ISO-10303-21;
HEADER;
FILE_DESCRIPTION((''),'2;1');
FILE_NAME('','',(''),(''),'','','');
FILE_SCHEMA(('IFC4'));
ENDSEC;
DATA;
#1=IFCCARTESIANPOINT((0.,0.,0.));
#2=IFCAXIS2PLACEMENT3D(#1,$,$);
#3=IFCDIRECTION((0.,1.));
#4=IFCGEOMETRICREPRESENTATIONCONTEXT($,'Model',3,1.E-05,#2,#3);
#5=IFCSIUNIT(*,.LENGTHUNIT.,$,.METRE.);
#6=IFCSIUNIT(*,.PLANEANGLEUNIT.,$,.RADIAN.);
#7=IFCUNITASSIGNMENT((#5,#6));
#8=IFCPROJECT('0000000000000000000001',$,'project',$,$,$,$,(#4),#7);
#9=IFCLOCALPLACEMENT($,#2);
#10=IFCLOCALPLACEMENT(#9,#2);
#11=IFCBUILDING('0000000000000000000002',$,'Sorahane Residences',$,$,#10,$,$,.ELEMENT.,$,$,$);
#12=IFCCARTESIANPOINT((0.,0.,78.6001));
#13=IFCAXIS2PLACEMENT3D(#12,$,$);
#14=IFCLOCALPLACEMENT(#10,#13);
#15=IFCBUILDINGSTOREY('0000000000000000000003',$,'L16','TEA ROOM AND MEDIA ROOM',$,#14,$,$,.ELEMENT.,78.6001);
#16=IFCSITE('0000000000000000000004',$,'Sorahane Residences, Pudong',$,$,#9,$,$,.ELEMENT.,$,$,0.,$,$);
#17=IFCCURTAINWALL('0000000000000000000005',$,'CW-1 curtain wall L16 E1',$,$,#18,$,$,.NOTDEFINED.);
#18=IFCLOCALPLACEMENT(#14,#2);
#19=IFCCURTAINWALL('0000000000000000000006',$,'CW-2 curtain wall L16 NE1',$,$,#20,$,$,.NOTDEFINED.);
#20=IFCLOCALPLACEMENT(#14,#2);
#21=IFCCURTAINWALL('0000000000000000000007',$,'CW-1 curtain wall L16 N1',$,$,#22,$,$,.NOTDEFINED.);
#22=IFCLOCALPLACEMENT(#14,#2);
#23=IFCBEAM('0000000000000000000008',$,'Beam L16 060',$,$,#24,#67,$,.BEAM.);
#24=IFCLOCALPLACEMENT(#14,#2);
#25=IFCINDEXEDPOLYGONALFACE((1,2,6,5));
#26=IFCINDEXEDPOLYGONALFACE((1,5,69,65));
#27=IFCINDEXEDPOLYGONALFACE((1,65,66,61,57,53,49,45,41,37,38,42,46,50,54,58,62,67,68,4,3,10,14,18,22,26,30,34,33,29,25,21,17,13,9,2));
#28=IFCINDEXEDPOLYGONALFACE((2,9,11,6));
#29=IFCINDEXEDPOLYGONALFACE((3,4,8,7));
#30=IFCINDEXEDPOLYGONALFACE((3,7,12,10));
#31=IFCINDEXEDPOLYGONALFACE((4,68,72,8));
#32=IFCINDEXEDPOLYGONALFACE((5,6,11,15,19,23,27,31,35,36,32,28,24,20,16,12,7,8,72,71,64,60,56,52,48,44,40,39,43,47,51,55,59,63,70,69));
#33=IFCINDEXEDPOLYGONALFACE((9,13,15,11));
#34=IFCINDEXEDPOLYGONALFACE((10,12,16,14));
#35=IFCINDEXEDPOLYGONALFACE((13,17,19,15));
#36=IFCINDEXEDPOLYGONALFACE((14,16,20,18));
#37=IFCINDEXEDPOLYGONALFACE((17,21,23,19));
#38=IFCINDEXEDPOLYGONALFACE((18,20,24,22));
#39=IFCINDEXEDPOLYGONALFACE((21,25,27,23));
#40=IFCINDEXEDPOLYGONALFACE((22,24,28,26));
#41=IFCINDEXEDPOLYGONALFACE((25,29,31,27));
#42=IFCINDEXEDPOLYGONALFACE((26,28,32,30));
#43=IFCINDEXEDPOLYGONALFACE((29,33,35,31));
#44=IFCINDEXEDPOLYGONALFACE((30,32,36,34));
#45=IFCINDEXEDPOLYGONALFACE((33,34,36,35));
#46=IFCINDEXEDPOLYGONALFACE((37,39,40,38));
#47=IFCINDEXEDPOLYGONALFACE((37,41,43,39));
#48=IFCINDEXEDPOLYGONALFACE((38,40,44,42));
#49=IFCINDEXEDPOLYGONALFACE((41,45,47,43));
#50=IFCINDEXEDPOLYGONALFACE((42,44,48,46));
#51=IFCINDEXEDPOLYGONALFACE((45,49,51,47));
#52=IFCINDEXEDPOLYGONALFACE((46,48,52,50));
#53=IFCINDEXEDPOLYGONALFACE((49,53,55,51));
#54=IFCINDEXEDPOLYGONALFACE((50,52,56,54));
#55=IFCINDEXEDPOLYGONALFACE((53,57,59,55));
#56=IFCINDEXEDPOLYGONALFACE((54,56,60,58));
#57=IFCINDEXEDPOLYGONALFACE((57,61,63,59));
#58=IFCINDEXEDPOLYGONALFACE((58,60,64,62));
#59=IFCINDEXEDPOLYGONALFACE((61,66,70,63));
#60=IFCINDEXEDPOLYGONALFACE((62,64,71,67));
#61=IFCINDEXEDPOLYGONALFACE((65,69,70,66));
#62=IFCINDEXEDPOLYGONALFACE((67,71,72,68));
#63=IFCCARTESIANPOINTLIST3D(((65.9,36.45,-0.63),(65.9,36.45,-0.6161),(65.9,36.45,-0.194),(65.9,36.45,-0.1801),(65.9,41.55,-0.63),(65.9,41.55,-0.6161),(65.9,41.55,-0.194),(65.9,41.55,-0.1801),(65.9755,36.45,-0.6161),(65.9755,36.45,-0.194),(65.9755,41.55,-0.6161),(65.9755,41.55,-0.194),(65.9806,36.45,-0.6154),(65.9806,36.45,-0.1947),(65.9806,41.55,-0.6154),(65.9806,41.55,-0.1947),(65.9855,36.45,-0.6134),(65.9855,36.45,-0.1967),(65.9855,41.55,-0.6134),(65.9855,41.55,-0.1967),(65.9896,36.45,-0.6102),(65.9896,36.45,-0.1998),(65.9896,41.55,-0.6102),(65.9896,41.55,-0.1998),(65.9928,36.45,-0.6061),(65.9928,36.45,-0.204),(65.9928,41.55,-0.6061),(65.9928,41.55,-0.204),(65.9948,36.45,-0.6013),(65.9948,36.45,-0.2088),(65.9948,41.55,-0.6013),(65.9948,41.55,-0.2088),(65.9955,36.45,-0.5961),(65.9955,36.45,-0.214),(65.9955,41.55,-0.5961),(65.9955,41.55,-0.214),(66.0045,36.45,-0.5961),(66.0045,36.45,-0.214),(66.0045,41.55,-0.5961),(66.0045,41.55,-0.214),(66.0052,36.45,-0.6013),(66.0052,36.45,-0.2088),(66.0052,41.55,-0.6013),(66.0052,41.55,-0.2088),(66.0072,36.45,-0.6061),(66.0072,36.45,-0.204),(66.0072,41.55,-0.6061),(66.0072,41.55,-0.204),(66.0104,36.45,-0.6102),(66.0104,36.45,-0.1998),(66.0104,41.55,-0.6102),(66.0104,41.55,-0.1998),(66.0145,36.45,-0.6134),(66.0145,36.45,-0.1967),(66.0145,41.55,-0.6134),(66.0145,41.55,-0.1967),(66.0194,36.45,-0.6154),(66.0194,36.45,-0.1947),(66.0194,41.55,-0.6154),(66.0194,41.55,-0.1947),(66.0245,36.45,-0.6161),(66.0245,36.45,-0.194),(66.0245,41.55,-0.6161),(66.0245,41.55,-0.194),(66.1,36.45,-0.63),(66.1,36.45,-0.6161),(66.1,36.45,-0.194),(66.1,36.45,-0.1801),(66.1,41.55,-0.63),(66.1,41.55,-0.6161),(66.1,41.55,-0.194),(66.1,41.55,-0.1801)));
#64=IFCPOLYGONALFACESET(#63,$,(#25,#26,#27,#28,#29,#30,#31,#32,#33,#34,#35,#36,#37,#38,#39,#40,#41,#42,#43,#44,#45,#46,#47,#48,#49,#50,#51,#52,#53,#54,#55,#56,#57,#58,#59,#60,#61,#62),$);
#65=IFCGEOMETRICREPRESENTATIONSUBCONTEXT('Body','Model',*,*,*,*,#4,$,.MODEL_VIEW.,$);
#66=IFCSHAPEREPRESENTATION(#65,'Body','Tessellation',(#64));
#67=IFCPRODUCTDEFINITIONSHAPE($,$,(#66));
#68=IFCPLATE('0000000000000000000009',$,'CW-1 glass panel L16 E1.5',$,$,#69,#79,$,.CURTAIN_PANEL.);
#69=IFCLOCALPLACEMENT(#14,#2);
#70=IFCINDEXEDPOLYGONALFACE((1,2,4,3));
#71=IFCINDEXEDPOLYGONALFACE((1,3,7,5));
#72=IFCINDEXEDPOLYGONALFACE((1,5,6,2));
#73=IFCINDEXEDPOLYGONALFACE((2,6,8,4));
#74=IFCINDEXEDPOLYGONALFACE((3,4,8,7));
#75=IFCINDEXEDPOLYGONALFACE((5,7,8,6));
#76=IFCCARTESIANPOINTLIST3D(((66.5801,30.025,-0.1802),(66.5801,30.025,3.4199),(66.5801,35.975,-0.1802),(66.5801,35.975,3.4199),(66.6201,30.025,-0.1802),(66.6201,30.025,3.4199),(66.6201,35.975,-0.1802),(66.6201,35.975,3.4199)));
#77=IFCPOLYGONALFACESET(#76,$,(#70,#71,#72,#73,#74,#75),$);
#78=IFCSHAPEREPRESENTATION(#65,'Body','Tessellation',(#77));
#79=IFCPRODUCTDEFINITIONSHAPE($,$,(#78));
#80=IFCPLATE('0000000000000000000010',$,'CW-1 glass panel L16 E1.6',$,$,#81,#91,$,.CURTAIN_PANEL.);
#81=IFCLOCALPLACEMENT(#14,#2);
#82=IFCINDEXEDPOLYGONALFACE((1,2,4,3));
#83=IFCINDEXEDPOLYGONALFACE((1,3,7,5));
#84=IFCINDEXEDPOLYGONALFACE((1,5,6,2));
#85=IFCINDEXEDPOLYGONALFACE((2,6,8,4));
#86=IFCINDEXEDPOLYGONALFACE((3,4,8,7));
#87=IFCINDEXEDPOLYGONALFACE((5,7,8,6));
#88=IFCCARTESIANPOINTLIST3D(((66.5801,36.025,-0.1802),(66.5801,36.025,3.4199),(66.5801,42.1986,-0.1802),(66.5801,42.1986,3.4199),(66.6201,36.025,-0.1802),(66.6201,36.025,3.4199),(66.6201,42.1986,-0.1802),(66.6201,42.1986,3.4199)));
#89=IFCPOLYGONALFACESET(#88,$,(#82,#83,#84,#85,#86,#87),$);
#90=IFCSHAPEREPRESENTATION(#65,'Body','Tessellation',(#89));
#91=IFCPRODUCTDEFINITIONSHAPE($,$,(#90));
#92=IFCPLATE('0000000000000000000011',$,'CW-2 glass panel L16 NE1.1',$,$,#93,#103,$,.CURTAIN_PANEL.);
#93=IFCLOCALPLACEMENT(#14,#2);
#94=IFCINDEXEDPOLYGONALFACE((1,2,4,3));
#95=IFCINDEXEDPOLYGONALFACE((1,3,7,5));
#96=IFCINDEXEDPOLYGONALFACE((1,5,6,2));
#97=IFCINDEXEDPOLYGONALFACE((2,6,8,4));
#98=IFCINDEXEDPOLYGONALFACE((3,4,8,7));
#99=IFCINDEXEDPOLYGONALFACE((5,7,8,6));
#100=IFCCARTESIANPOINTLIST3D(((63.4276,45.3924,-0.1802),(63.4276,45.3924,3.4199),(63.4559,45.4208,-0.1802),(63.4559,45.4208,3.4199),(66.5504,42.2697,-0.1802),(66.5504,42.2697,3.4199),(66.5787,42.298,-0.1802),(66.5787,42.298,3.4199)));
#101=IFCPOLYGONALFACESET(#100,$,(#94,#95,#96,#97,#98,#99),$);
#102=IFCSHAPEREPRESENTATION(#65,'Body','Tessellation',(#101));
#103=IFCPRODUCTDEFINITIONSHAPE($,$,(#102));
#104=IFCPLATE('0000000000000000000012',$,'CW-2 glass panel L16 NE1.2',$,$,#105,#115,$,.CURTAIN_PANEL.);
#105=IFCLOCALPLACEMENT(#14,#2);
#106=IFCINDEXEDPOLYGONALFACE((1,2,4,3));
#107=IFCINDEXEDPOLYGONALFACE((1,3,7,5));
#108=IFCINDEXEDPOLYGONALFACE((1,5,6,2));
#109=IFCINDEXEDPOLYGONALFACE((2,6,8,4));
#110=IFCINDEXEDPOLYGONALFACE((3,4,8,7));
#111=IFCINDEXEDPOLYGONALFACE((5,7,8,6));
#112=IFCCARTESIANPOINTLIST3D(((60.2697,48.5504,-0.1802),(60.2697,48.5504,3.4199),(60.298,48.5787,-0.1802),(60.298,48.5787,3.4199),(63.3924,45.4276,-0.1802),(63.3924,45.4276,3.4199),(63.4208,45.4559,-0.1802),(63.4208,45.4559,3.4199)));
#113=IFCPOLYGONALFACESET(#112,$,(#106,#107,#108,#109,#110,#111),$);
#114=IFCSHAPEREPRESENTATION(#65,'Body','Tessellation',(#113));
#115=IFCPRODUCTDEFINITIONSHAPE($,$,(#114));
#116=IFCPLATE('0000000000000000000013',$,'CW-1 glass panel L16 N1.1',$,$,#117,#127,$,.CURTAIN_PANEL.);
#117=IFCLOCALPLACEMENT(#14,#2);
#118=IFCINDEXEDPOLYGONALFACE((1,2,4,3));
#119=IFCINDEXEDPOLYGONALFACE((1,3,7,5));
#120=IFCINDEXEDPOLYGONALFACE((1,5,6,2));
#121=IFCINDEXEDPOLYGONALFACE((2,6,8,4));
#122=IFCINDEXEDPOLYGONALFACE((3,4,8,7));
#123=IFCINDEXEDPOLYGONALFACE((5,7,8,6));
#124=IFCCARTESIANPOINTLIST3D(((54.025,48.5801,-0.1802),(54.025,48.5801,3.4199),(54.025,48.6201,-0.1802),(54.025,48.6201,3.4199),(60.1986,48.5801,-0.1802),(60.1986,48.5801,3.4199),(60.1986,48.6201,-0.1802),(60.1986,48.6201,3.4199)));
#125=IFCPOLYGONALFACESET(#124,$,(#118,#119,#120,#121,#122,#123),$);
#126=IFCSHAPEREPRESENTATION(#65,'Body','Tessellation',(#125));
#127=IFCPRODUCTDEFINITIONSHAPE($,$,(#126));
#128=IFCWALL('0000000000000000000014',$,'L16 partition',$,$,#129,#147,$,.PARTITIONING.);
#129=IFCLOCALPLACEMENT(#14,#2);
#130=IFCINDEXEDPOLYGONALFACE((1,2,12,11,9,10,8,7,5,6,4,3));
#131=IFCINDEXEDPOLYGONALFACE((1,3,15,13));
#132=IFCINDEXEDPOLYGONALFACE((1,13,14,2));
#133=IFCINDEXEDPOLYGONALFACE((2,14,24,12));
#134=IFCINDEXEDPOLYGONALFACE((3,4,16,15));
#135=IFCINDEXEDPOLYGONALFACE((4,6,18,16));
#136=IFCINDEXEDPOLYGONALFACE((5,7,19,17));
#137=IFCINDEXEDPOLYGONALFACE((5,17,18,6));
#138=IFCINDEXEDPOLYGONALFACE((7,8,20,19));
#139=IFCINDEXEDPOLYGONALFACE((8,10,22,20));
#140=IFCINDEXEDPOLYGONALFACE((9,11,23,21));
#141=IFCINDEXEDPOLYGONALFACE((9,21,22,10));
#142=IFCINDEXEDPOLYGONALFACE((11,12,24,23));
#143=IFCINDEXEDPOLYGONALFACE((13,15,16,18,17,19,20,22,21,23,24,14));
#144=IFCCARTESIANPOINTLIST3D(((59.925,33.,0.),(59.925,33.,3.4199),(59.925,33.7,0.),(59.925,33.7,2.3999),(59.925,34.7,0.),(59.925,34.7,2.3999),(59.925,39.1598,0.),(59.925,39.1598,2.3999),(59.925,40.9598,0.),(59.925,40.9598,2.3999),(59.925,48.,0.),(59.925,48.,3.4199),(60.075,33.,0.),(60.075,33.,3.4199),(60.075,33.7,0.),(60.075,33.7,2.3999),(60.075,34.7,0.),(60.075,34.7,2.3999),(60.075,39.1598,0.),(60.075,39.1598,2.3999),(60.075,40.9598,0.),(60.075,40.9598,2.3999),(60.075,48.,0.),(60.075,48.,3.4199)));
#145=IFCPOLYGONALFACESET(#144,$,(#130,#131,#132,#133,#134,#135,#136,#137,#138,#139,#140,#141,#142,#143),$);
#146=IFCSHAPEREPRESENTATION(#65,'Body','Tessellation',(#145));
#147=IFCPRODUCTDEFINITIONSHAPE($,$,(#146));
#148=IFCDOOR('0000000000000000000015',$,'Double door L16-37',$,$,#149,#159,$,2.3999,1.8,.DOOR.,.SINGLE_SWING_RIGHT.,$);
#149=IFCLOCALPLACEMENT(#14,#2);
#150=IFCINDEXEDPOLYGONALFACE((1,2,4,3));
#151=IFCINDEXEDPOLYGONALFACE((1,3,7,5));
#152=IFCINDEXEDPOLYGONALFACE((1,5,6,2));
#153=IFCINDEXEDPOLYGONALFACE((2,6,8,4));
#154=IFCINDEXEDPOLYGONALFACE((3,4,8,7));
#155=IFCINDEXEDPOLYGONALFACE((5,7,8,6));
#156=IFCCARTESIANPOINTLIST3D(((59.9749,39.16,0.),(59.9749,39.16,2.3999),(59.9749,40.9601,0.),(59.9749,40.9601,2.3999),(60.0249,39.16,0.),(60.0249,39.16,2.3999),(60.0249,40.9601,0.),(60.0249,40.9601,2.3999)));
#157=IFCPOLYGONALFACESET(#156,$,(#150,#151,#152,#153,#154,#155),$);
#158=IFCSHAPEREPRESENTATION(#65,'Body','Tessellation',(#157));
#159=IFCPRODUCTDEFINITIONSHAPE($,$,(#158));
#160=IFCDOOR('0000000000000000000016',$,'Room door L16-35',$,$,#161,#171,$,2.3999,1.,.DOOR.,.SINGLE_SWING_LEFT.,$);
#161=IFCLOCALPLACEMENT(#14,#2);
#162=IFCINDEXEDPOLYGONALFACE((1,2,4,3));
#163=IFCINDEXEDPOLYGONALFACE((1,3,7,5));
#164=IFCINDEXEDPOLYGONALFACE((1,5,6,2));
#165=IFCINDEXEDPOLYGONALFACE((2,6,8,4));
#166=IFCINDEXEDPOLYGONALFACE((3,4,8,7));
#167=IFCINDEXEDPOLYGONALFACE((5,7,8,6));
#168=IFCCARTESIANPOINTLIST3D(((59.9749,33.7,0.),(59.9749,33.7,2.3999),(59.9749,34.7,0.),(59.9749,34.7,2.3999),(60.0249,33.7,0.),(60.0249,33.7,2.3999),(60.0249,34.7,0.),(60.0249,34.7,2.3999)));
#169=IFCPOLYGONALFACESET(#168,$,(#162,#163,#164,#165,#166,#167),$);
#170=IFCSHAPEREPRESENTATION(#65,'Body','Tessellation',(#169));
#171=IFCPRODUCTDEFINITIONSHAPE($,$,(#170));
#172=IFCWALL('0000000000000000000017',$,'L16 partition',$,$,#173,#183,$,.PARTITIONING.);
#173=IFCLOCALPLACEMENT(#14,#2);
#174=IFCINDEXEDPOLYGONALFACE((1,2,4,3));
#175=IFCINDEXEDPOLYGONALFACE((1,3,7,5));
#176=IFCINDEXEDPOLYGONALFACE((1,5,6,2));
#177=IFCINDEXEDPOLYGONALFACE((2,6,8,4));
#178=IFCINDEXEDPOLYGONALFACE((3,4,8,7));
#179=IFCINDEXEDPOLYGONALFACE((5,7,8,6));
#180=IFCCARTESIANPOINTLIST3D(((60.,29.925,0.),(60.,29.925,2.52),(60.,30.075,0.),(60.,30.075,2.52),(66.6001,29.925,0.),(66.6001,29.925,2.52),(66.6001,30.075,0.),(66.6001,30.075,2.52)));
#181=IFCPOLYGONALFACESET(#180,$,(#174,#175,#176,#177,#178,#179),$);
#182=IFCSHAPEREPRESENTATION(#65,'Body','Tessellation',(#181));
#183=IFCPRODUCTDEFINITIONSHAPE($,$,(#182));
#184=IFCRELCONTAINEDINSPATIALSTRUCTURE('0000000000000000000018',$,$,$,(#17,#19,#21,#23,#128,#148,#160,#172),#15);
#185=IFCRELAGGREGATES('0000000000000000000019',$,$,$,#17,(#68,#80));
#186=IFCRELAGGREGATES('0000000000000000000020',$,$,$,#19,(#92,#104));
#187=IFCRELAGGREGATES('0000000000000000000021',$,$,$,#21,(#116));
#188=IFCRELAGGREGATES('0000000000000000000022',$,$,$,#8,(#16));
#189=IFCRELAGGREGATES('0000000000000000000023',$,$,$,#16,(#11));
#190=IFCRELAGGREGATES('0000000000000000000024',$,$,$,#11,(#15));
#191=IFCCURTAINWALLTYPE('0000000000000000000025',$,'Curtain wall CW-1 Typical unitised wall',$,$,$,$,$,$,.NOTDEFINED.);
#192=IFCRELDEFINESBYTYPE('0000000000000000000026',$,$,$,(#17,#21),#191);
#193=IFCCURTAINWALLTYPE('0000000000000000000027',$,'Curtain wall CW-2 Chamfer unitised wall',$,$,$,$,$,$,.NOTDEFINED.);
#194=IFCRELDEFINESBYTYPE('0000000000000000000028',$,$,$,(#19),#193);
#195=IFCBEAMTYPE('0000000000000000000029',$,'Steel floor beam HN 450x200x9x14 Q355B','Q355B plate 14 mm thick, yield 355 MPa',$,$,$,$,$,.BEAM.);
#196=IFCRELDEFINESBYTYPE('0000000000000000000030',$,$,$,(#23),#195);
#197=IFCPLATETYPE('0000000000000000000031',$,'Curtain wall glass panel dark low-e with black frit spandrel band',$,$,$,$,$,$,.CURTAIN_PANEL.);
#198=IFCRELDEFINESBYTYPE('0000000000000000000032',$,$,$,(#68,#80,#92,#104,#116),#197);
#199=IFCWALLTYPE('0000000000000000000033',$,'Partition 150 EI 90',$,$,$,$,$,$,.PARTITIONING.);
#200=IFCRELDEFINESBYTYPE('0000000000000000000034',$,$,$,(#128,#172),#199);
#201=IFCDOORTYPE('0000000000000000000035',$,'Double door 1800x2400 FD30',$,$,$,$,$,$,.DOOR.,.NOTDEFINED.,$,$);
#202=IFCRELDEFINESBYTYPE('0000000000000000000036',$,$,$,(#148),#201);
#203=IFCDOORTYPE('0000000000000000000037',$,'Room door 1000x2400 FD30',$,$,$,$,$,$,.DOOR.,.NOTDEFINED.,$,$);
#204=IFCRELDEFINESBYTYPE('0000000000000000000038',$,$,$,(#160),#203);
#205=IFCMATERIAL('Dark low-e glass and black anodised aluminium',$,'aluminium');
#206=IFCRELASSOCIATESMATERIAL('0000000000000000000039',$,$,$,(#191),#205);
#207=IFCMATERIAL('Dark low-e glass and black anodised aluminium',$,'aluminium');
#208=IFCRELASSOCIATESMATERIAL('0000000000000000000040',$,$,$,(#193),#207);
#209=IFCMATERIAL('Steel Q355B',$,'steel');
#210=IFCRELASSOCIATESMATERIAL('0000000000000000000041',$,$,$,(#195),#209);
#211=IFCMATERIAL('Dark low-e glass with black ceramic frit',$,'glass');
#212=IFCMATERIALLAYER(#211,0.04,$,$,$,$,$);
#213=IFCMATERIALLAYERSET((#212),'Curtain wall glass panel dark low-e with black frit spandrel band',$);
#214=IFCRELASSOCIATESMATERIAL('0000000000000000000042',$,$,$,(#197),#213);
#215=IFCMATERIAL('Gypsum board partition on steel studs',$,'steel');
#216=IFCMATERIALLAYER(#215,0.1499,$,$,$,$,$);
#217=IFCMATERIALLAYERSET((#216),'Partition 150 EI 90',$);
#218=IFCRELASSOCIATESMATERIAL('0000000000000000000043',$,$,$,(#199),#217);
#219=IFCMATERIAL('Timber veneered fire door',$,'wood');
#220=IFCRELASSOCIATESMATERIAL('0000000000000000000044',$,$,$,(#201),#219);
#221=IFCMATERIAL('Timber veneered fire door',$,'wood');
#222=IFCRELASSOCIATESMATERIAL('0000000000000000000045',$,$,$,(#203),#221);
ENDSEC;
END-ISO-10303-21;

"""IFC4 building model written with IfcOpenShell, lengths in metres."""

from ifc_helpers import new_model, si_unit, direction, frame, frame_2d, origin, origin_2d, place, context, subcontext, project, spatial, rectangle, i_section, extrude, material, layer, layer_set, material_profile, profile_set, type_object, element, fill, aggregate, save


model = new_model("IFC4")

# Units and contexts
model_context = context("Model", 3, precision=1e-05, world=origin(), true_north=direction((0.0, 1.0)))
body_context = subcontext(model_context, "Body", "Model", "MODEL_VIEW")
ifc_project = project(units=[si_unit("LENGTHUNIT", "METRE"), si_unit("PLANEANGLEUNIT", "RADIAN")], contexts=[model_context])

# Site, building, storey
site_placement = place(None, origin())
site = spatial("IfcSite", under=ifc_project, at=site_placement, Name="Sorahane Residences, Pudong", CompositionType="ELEMENT", RefElevation=0.0)
building_placement = place(site_placement, origin())
building = spatial("IfcBuilding", under=site, at=building_placement, Name="Sorahane Residences", CompositionType="ELEMENT")
storey_placement = place(building_placement, frame((0.0, 0.0, 78.6001)))
storey = spatial("IfcBuildingStorey", under=building, at=storey_placement, Name="L16", Description="TEA ROOM AND MEDIA ROOM", CompositionType="ELEMENT", Elevation=78.6001)

# Curtain walls
ifc_material_1 = material(Name="Dark low-e glass and black anodised aluminium", Category="aluminium")
curtain_wall_type_1 = type_object("IfcCurtainWallType", Name="Curtain wall CW-1 Typical unitised wall", PredefinedType="NOTDEFINED", material=ifc_material_1)
curtain_wall_1_placement = place(storey_placement, origin())
curtain_wall_1 = element("IfcCurtainWall", 1, at=curtain_wall_1_placement, inside=storey, type_object=curtain_wall_type_1, Name="CW-1 curtain wall L16 E1", PredefinedType="NOTDEFINED")
ifc_material_2 = material(Name="Dark low-e glass and black anodised aluminium", Category="aluminium")
curtain_wall_type_2 = type_object("IfcCurtainWallType", Name="Curtain wall CW-2 Chamfer unitised wall", PredefinedType="NOTDEFINED", material=ifc_material_2)
curtain_wall_2_placement = place(storey_placement, origin())
curtain_wall_2 = element("IfcCurtainWall", 2, at=curtain_wall_2_placement, inside=storey, type_object=curtain_wall_type_2, Name="CW-2 curtain wall L16 NE1", PredefinedType="NOTDEFINED")

# Curtain wall
curtain_wall_3_placement = place(storey_placement, origin())
curtain_wall_3 = element("IfcCurtainWall", 3, at=curtain_wall_3_placement, inside=storey, type_object=curtain_wall_type_1, Name="CW-1 curtain wall L16 N1", PredefinedType="NOTDEFINED")

# Beam
ifc_material_3 = material(Name="Steel Q355B", Category="steel")
ifc_material_profile_1 = material_profile(ifc_material_3, i_section(OverallWidth=0.2, OverallDepth=0.45, WebThickness=0.009, FlangeThickness=0.0139, FilletRadius=0.02, at=origin_2d()), Name="HN 450x200x9x14")
ifc_profile_set_1 = profile_set([ifc_material_profile_1], Name="Steel Q355B")
beam_type = type_object("IfcBeamType", Name="Steel floor beam HN 450x200x9x14 Q355B", Description="Q355B plate 14 mm thick, yield 355 MPa", PredefinedType="BEAM", material=ifc_profile_set_1)
beam_placement = place(storey_placement, frame((66.0, 36.45, -0.405), z_axis=(0.0, 1.0, 0.0), x_axis=(-1.0, 0.0, 0.0)))
element("IfcBeam", 4, at=beam_placement, inside=storey, type_object=beam_type, Name="Beam L16 060", PredefinedType="BEAM", context=body_context, shape_type="SweptSolid", body=[
    extrude(i_section(OverallWidth=0.2, OverallDepth=0.45, WebThickness=0.009, FlangeThickness=0.0139, FilletRadius=0.02, at=origin_2d()), origin(), (0.0, 0.0, 1.0), 5.1001),
])

# Plates
ifc_material_4 = material(Name="Dark low-e glass with black ceramic frit", Category="glass")
ifc_layer_1 = layer(ifc_material_4, 0.04)
ifc_layer_set_1 = layer_set([ifc_layer_1], Name="Curtain wall glass panel dark low-e with black frit spandrel band")
plate_type = type_object("IfcPlateType", Name="Curtain wall glass panel dark low-e with black frit spandrel band", PredefinedType="CURTAIN_PANEL", material=ifc_layer_set_1)
plate_1_placement = place(storey_placement, frame((66.6001, 33.0, -0.1802), z_axis=(0.0, 0.0, 1.0), x_axis=(0.0, 1.0, 0.0)))
plate_1 = element("IfcPlate", 5, at=plate_1_placement, type_object=plate_type, Name="CW-1 glass panel L16 E1.5", PredefinedType="CURTAIN_PANEL", context=body_context, shape_type="SweptSolid", body=[
    extrude(rectangle(XDim=5.95, YDim=0.04, at=origin_2d()), origin(), (0.0, 0.0, 1.0), 3.6001),
])
plate_2_placement = place(storey_placement, frame((66.6001, 39.1118, -0.1802), z_axis=(0.0, 0.0, 1.0), x_axis=(0.0, 1.0, 0.0)))
plate_2 = element("IfcPlate", 6, at=plate_2_placement, type_object=plate_type, Name="CW-1 glass panel L16 E1.6", PredefinedType="CURTAIN_PANEL", context=body_context, shape_type="SweptSolid", body=[
    extrude(rectangle(XDim=6.1736, YDim=0.04, at=origin_2d()), origin(), (0.0, 0.0, 1.0), 3.6001),
])
aggregate(curtain_wall_1, [plate_1, plate_2])
plate_3_placement = place(storey_placement, frame((65.0032, 43.8452, -0.1802), z_axis=(0.0, 0.0, 1.0), x_axis=(-0.707107, 0.707107, 0.0)))
plate_3 = element("IfcPlate", 7, at=plate_3_placement, type_object=plate_type, Name="CW-2 glass panel L16 NE1.1", PredefinedType="CURTAIN_PANEL", context=body_context, shape_type="SweptSolid", body=[
    extrude(rectangle(XDim=4.4163, YDim=0.04, at=origin_2d()), origin(), (0.0, 0.0, 1.0), 3.6001),
])
plate_4_placement = place(storey_placement, frame((61.8452, 47.0032, -0.1802), z_axis=(0.0, 0.0, 1.0), x_axis=(-0.707107, 0.707107, 0.0)))
plate_4 = element("IfcPlate", 8, at=plate_4_placement, type_object=plate_type, Name="CW-2 glass panel L16 NE1.2", PredefinedType="CURTAIN_PANEL", context=body_context, shape_type="SweptSolid", body=[
    extrude(rectangle(XDim=4.4163, YDim=0.04, at=origin_2d()), origin(), (0.0, 0.0, 1.0), 3.6001),
])
aggregate(curtain_wall_2, [plate_3, plate_4])
plate_5_placement = place(storey_placement, frame((57.1118, 48.6001, -0.1802), z_axis=(0.0, 0.0, 1.0), x_axis=(-1.0, 0.0, 0.0)))
plate_5 = element("IfcPlate", 9, at=plate_5_placement, type_object=plate_type, Name="CW-1 glass panel L16 N1.1", PredefinedType="CURTAIN_PANEL", context=body_context, shape_type="SweptSolid", body=[
    extrude(rectangle(XDim=6.1736, YDim=0.04, at=origin_2d()), origin(), (0.0, 0.0, 1.0), 3.6001),
])
aggregate(curtain_wall_3, [plate_5])

# Wall, openings, doors
ifc_material_5 = material(Name="Gypsum board partition on steel studs", Category="steel")
ifc_layer_2 = layer(ifc_material_5, 0.1499)
ifc_layer_set_2 = layer_set([ifc_layer_2], Name="Partition 150 EI 90")
wall_type_1 = type_object("IfcWallType", Name="Partition 150 EI 90", PredefinedType="PARTITIONING", material=ifc_layer_set_2)
wall_1_placement = place(storey_placement, frame((60.0, 33.0, 0.0), z_axis=(0.0, 0.0, 1.0), x_axis=(0.0, 1.0, 0.0)))
wall_1 = element("IfcWall", 10, at=wall_1_placement, inside=storey, type_object=wall_type_1, Name="L16 partition", PredefinedType="PARTITIONING", context=body_context, shape_type="SweptSolid", body=[
    extrude(rectangle(XDim=15.0, YDim=0.1499, at=frame_2d((7.5, 0.0))), origin(), (0.0, 0.0, 1.0), 3.4199),
])
opening_1_placement = place(wall_1_placement, frame((0.7, 0.0, 0.0)))
opening_1 = element("IfcOpeningElement", 11, at=opening_1_placement, cuts=wall_1, PredefinedType="OPENING", context=body_context, shape_type="SweptSolid", body=[
    extrude(rectangle(XDim=1.0, YDim=2.3999, at=frame_2d((0.5, 1.2))), frame((0.0, 0.085, 0.0), z_axis=(0.0, -1.0, 0.0), x_axis=(1.0, 0.0, 0.0)), (0.0, 0.0, 1.0), 0.1699),
])
opening_2_placement = place(wall_1_placement, frame((6.1599, 0.0, 0.0)))
opening_2 = element("IfcOpeningElement", 12, at=opening_2_placement, cuts=wall_1, PredefinedType="OPENING", context=body_context, shape_type="SweptSolid", body=[
    extrude(rectangle(XDim=1.8, YDim=2.3999, at=frame_2d((0.8999, 1.2))), frame((0.0, 0.085, 0.0), z_axis=(0.0, -1.0, 0.0), x_axis=(1.0, 0.0, 0.0)), (0.0, 0.0, 1.0), 0.1699),
])
ifc_material_6 = material(Name="Timber veneered fire door", Category="wood")
door_type_1 = type_object("IfcDoorType", Name="Double door 1800x2400 FD30", OperationType="NOTDEFINED", PredefinedType="DOOR", material=ifc_material_6)
door_1_placement = place(opening_2_placement, frame((1.8, 0.0, 0.0), z_axis=(0.0, 0.0, 1.0), x_axis=(-1.0, 0.0, 0.0)))
door_1 = element("IfcDoor", 13, at=door_1_placement, inside=storey, type_object=door_type_1, Name="Double door L16-37", OperationType="SINGLE_SWING_RIGHT", OverallHeight=2.3999, OverallWidth=1.8, PredefinedType="DOOR", context=body_context, shape_type="SweptSolid", body=[
    extrude(rectangle(XDim=1.8, YDim=2.3999, at=frame_2d((0.8999, 1.2))), frame((0.0, 0.0249, 0.0), z_axis=(0.0, -1.0, 0.0), x_axis=(1.0, 0.0, 0.0)), (0.0, 0.0, 1.0), 0.05),
])
fill(opening_2, door_1)
ifc_material_7 = material(Name="Timber veneered fire door", Category="wood")
door_type_2 = type_object("IfcDoorType", Name="Room door 1000x2400 FD30", OperationType="NOTDEFINED", PredefinedType="DOOR", material=ifc_material_7)
door_2_placement = place(opening_1_placement, frame((1.0, 0.0, 0.0), z_axis=(0.0, 0.0, 1.0), x_axis=(-1.0, 0.0, 0.0)))
door_2 = element("IfcDoor", 14, at=door_2_placement, inside=storey, type_object=door_type_2, Name="Room door L16-35", OperationType="SINGLE_SWING_LEFT", OverallHeight=2.3999, OverallWidth=1.0, PredefinedType="DOOR", context=body_context, shape_type="SweptSolid", body=[
    extrude(rectangle(XDim=1.0, YDim=2.3999, at=frame_2d((0.5, 1.2))), frame((0.0, 0.0249, 0.0), z_axis=(0.0, -1.0, 0.0), x_axis=(1.0, 0.0, 0.0)), (0.0, 0.0, 1.0), 0.05),
])
fill(opening_1, door_2)

# Wall
wall_2_placement = place(storey_placement, frame((60.0, 30.0, 0.0), z_axis=(0.0, 0.0, 1.0), x_axis=(1.0, 0.0, 0.0)))
element("IfcWall", 15, at=wall_2_placement, inside=storey, type_object=wall_type_1, Name="L16 partition", PredefinedType="PARTITIONING", context=body_context, shape_type="SweptSolid", body=[
    extrude(rectangle(XDim=6.6001, YDim=0.1499, at=frame_2d((3.3, 0.0))), origin(), (0.0, 0.0, 1.0), 2.52),
])

save(model, "model.ifc")
